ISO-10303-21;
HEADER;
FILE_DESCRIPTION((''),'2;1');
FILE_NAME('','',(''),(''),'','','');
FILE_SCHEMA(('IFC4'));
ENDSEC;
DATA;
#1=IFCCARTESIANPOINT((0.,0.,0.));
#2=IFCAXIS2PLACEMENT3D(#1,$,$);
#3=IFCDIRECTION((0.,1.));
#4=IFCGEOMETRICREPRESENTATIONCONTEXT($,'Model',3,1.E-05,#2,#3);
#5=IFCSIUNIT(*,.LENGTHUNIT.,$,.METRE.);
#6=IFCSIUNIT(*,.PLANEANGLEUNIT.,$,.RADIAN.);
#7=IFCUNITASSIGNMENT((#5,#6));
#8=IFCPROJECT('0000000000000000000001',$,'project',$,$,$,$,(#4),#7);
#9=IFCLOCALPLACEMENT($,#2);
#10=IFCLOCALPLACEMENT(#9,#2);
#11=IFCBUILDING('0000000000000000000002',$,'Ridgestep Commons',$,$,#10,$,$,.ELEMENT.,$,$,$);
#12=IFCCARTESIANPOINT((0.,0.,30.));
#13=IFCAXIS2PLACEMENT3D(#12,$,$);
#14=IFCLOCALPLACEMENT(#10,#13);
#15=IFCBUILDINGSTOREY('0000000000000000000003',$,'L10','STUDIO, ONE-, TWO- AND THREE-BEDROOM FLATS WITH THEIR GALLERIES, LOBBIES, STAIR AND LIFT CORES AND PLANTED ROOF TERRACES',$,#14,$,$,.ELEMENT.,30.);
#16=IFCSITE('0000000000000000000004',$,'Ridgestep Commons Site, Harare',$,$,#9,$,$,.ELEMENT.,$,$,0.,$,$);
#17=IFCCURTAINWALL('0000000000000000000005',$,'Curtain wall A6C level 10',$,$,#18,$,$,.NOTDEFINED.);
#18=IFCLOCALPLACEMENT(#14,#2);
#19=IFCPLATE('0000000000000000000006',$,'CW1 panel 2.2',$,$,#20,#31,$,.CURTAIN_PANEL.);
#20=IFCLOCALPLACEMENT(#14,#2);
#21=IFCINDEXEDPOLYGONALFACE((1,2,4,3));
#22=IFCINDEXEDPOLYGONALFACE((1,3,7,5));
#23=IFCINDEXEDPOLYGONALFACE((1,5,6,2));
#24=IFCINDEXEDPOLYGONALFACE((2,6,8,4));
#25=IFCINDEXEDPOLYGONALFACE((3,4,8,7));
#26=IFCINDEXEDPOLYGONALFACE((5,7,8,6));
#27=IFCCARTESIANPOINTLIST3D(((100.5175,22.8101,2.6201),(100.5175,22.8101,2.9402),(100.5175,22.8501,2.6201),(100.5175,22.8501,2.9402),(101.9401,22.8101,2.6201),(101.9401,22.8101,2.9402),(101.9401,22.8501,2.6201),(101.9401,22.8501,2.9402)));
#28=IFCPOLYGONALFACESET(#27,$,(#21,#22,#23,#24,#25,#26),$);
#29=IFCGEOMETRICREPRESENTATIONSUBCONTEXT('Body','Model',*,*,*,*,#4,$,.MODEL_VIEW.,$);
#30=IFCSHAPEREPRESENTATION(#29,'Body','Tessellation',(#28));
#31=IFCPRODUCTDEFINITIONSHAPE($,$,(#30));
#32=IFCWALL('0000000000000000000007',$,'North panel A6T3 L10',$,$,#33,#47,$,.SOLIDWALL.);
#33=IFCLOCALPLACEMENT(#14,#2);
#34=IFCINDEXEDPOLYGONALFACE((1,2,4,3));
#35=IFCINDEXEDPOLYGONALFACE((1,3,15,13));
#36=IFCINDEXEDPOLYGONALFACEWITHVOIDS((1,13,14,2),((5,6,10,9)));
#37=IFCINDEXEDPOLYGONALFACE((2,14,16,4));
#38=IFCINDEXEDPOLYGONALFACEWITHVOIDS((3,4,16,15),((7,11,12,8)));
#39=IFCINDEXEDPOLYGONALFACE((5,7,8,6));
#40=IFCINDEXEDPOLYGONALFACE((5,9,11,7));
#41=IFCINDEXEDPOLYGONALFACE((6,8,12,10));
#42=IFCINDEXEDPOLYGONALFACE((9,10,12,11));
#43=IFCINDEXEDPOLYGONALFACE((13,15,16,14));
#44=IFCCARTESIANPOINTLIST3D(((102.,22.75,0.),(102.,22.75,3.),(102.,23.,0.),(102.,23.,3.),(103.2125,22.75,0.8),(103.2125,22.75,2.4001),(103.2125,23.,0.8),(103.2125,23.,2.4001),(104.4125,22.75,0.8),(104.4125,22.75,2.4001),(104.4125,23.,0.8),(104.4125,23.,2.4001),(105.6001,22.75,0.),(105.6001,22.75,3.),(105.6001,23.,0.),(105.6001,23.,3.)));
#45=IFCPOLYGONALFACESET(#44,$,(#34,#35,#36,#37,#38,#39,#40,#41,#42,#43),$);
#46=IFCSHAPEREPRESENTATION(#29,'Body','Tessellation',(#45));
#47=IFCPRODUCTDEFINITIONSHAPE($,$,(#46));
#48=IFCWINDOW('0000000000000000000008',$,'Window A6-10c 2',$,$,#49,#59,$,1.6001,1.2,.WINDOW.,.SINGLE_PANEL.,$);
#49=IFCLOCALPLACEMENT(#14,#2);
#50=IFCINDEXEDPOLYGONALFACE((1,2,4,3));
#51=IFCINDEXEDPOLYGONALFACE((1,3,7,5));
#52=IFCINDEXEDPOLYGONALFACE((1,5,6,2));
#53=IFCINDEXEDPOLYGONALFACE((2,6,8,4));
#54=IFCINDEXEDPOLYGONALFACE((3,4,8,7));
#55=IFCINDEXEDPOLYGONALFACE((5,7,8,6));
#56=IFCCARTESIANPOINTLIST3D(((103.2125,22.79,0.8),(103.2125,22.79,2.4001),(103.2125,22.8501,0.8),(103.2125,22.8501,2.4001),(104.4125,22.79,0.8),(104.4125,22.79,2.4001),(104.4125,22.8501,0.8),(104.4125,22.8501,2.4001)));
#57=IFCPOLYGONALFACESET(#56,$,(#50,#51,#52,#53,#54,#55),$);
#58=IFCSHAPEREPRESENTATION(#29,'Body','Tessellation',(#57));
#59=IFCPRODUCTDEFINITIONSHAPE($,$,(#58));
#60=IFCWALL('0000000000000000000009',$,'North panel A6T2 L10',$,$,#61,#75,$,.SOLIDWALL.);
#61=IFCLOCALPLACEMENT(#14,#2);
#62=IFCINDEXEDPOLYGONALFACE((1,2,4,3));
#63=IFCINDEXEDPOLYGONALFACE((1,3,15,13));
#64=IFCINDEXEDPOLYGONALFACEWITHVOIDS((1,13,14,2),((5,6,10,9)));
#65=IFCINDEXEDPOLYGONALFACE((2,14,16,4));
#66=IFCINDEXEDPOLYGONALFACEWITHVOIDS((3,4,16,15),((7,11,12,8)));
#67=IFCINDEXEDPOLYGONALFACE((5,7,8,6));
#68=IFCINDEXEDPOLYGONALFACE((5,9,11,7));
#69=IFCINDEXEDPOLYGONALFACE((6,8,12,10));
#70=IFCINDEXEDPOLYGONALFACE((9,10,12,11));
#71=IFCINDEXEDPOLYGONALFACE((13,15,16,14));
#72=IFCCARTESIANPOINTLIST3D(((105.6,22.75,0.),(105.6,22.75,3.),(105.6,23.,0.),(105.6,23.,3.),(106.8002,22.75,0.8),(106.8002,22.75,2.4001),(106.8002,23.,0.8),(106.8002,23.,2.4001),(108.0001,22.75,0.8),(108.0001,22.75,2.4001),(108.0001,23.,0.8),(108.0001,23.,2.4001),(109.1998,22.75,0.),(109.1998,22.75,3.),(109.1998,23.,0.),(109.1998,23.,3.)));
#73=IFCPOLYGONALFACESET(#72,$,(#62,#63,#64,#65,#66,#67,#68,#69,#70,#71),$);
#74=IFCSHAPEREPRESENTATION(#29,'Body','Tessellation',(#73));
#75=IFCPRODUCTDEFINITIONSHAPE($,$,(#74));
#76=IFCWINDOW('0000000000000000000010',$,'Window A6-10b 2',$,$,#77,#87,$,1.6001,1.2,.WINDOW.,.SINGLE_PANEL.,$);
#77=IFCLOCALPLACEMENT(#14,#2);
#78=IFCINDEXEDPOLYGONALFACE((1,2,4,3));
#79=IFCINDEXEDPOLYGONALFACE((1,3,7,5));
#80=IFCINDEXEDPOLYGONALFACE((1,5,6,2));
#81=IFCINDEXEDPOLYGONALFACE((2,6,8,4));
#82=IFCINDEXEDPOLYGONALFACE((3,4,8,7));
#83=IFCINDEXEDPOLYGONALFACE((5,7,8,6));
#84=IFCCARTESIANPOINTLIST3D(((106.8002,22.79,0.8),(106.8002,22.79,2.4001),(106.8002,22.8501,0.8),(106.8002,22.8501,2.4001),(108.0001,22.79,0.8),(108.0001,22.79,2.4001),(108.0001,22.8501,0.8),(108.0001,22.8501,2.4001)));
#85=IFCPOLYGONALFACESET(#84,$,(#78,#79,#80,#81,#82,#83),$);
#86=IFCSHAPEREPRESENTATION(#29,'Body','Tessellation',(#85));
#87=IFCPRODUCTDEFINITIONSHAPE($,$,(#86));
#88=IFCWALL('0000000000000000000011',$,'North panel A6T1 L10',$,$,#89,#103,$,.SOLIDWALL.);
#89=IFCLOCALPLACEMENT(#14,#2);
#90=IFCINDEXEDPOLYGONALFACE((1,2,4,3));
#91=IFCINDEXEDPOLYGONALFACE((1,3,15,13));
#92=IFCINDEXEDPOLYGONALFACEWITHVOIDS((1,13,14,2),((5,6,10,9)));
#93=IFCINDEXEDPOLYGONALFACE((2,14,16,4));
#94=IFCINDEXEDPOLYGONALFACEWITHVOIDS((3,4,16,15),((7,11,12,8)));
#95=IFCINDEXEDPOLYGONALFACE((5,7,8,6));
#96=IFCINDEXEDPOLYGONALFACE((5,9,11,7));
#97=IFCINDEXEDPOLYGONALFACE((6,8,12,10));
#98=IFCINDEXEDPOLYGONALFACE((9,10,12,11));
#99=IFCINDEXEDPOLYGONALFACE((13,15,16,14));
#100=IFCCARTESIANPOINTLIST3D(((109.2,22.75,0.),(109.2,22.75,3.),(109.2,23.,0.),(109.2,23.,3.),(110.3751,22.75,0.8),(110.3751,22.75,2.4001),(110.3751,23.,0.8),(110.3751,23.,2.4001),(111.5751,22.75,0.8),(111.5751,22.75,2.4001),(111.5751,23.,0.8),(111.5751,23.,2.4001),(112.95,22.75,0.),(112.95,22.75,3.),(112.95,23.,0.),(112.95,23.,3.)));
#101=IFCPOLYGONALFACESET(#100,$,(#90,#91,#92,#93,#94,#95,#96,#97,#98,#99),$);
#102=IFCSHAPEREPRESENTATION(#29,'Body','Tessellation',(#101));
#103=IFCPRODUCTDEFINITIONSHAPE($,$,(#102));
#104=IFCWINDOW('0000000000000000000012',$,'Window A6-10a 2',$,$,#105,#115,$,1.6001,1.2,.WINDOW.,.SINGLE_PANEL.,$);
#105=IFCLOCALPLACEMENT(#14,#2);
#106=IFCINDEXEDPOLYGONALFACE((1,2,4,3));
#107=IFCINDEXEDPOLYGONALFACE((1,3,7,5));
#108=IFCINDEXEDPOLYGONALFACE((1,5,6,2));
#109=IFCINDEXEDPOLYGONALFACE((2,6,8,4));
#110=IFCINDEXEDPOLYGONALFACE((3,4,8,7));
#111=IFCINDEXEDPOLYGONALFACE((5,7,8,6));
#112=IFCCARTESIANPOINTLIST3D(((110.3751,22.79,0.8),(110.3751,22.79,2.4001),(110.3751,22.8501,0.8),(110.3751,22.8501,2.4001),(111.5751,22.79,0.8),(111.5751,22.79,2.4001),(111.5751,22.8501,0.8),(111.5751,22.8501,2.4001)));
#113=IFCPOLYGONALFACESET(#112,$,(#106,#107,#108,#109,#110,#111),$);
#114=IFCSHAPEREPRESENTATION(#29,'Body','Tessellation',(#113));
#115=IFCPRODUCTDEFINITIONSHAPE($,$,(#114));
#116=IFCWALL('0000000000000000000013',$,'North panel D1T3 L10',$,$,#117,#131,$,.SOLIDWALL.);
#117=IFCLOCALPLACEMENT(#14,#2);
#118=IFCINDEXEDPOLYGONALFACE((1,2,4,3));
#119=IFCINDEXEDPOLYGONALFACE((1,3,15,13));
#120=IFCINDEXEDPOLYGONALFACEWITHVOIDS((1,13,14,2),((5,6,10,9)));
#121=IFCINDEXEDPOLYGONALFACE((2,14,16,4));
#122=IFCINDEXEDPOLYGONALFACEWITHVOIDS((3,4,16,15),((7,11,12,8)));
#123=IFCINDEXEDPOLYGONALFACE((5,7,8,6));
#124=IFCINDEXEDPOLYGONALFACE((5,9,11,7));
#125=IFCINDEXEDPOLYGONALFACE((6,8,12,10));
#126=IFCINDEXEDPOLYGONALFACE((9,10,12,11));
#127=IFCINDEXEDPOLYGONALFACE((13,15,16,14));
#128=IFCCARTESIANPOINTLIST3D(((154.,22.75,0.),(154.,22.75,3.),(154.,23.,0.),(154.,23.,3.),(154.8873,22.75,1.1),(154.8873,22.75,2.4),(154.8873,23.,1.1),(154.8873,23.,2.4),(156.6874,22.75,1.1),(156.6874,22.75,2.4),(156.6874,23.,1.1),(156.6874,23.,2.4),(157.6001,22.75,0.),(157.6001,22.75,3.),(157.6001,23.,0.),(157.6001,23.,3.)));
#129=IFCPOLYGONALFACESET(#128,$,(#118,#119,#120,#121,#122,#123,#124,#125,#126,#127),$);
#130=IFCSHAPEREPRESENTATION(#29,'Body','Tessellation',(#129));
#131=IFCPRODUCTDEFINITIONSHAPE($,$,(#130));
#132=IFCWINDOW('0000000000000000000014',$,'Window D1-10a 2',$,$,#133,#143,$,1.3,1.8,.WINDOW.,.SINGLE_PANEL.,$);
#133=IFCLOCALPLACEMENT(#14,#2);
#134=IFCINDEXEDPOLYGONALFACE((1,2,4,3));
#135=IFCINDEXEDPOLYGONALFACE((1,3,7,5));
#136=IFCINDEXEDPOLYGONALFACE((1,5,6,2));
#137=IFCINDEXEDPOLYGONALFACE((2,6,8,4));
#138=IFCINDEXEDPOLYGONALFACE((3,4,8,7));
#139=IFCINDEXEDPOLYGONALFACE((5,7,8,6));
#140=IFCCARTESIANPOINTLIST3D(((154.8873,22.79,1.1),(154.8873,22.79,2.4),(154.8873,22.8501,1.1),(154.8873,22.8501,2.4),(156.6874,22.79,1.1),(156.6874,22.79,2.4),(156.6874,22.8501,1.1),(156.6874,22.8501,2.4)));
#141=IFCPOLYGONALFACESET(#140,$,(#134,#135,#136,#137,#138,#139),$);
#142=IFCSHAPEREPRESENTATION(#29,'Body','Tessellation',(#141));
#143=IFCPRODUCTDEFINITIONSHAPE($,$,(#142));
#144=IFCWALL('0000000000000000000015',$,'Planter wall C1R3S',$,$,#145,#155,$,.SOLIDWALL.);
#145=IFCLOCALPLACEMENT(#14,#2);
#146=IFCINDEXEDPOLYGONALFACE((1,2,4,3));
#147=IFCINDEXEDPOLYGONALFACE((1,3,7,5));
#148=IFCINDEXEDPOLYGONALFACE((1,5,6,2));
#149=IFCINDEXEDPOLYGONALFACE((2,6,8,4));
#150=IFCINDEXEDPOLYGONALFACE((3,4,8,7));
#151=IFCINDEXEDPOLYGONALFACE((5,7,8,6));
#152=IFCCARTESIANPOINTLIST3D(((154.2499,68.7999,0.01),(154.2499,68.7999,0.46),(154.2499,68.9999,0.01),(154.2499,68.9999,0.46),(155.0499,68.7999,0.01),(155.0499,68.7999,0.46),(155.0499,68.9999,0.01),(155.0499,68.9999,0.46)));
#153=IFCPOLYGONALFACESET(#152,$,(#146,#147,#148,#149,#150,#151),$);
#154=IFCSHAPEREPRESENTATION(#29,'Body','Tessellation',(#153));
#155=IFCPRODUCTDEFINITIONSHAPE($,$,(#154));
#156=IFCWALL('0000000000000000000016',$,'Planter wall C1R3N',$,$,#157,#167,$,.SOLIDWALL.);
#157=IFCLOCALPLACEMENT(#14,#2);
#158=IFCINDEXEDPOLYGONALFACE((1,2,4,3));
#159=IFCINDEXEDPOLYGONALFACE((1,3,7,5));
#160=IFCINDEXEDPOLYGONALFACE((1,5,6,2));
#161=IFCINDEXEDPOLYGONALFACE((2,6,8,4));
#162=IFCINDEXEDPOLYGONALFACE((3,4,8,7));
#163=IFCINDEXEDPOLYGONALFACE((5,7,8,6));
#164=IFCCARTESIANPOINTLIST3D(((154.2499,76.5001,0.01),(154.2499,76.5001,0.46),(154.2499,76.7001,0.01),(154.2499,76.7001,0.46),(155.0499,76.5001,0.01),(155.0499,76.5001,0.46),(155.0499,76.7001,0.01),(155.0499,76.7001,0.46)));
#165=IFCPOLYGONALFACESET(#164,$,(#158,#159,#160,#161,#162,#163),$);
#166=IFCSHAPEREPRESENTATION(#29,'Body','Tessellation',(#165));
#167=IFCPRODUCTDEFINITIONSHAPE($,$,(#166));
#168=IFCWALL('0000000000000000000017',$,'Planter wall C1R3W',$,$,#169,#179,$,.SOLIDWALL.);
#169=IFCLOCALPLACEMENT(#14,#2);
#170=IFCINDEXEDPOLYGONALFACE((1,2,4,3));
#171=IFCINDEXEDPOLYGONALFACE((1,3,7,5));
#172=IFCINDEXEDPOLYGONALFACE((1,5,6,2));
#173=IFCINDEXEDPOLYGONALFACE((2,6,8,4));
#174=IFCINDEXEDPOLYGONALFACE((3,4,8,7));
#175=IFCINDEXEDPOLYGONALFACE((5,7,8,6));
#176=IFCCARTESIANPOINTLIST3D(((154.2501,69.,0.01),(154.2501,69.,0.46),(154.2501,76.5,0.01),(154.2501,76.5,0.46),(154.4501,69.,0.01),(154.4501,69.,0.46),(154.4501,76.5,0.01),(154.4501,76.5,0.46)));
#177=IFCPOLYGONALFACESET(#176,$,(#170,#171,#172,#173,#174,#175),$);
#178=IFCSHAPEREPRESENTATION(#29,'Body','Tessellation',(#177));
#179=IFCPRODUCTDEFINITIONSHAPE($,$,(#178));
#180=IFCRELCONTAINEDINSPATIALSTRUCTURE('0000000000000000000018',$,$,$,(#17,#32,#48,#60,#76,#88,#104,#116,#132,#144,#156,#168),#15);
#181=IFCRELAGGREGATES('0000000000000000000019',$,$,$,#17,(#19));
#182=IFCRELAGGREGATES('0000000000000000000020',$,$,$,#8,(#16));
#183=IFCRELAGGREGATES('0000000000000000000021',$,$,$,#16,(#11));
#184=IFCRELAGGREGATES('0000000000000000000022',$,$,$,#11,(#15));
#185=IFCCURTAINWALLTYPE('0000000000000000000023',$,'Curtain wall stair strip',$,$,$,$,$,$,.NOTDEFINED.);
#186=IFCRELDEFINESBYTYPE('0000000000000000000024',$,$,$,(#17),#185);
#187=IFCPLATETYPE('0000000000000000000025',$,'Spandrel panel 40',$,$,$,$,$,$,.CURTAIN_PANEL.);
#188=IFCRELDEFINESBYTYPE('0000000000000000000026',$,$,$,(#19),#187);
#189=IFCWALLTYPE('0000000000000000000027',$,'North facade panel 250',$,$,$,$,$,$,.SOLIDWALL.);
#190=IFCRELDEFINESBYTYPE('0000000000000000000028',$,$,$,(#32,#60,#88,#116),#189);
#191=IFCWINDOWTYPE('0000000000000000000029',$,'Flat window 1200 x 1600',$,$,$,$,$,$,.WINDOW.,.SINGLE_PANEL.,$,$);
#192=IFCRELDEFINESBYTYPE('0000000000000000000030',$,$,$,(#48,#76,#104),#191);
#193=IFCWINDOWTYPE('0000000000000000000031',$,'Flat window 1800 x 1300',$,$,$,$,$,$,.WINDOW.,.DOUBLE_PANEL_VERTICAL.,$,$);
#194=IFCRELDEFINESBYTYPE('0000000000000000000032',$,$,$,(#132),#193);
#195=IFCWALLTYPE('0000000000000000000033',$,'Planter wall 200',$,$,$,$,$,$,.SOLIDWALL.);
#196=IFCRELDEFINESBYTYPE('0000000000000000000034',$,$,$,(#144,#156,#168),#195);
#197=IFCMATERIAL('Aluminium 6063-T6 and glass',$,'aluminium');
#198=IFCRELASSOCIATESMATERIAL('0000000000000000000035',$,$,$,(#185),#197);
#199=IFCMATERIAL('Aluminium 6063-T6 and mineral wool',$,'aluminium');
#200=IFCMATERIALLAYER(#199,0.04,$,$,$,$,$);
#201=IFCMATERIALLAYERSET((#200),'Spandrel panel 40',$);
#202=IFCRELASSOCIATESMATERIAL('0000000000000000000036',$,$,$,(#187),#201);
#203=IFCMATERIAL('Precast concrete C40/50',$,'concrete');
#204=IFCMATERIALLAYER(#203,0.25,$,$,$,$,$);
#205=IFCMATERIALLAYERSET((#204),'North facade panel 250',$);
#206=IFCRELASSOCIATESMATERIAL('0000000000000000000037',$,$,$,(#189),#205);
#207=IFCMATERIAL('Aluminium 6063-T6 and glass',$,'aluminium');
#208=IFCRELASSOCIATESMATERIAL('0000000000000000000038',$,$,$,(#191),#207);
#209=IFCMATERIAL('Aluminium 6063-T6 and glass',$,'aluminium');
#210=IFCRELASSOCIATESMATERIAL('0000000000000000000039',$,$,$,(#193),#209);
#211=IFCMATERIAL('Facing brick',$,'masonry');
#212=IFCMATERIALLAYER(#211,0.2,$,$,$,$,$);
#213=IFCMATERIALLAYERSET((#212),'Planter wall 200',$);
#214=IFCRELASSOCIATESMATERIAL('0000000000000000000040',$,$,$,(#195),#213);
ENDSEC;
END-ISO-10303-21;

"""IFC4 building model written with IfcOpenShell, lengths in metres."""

from ifc_helpers import new_model, si_unit, direction, frame, frame_2d, origin, origin_2d, place, context, subcontext, project, spatial, rectangle, extrude, material, layer, layer_set, type_object, element, fill, aggregate, save


model = new_model("IFC4")

# Units and contexts
model_context = context("Model", 3, precision=1e-05, world=origin(), true_north=direction((0.0, 1.0)))
body_context = subcontext(model_context, "Body", "Model", "MODEL_VIEW")
ifc_project = project(units=[si_unit("LENGTHUNIT", "METRE"), si_unit("PLANEANGLEUNIT", "RADIAN")], contexts=[model_context])

# Site, building, storey
site_placement = place(None, origin())
site = spatial("IfcSite", under=ifc_project, at=site_placement, Name="Ridgestep Commons Site, Harare", CompositionType="ELEMENT", RefElevation=0.0)
building_placement = place(site_placement, origin())
building = spatial("IfcBuilding", under=site, at=building_placement, Name="Ridgestep Commons", CompositionType="ELEMENT")
storey_placement = place(building_placement, frame((0.0, 0.0, 30.0)))
storey = spatial("IfcBuildingStorey", under=building, at=storey_placement, Name="L10", Description="STUDIO, ONE-, TWO- AND THREE-BEDROOM FLATS WITH THEIR GALLERIES, LOBBIES, STAIR AND LIFT CORES AND PLANTED ROOF TERRACES", CompositionType="ELEMENT", Elevation=30.0)

# Curtain wall
ifc_material_1 = material(Name="Aluminium 6063-T6 and glass", Category="aluminium")
curtain_wall_type = type_object("IfcCurtainWallType", Name="Curtain wall stair strip", PredefinedType="NOTDEFINED", material=ifc_material_1)
curtain_wall_placement = place(storey_placement, origin())
curtain_wall = element("IfcCurtainWall", 1, at=curtain_wall_placement, inside=storey, type_object=curtain_wall_type, Name="Curtain wall A6C level 10", PredefinedType="NOTDEFINED")

# Plate
ifc_material_2 = material(Name="Aluminium 6063-T6 and mineral wool", Category="aluminium")
ifc_layer_1 = layer(ifc_material_2, 0.04)
ifc_layer_set_1 = layer_set([ifc_layer_1], Name="Spandrel panel 40")
plate_type = type_object("IfcPlateType", Name="Spandrel panel 40", PredefinedType="CURTAIN_PANEL", material=ifc_layer_set_1)
plate_placement = place(storey_placement, frame((101.2288, 22.8301, 2.6201), z_axis=(0.0, 0.0, 1.0), x_axis=(1.0, 0.0, 0.0)))
plate = element("IfcPlate", 2, at=plate_placement, type_object=plate_type, Name="CW1 panel 2.2", PredefinedType="CURTAIN_PANEL", context=body_context, shape_type="SweptSolid", body=[
    extrude(rectangle(XDim=1.4226, YDim=0.04, at=origin_2d()), origin(), (0.0, 0.0, 1.0), 0.3201),
])
aggregate(curtain_wall, [plate])

# Walls, openings, windows
ifc_material_3 = material(Name="Precast concrete C40/50", Category="concrete")
ifc_layer_2 = layer(ifc_material_3, 0.25)
ifc_layer_set_2 = layer_set([ifc_layer_2], Name="North facade panel 250")
wall_type_1 = type_object("IfcWallType", Name="North facade panel 250", PredefinedType="SOLIDWALL", material=ifc_layer_set_2)
wall_1_placement = place(storey_placement, frame((102.0, 22.875, 0.0), z_axis=(0.0, 0.0, 1.0), x_axis=(1.0, 0.0, 0.0)))
wall_1 = element("IfcWall", 3, at=wall_1_placement, inside=storey, type_object=wall_type_1, Name="North panel A6T3 L10", PredefinedType="SOLIDWALL", context=body_context, shape_type="SweptSolid", body=[
    extrude(rectangle(XDim=3.6001, YDim=0.25, at=frame_2d((1.8, 0.0))), origin(), (0.0, 0.0, 1.0), 3.0),
])
opening_1_placement = place(wall_1_placement, frame((1.2124, 0.0, 0.8)))
opening_1 = element("IfcOpeningElement", 4, at=opening_1_placement, cuts=wall_1, PredefinedType="OPENING", context=body_context, shape_type="SweptSolid", body=[
    extrude(rectangle(XDim=1.2, YDim=1.6001, at=frame_2d((0.6001, 0.8))), frame((0.0, 0.135, 0.0), z_axis=(0.0, -1.0, 0.0), x_axis=(1.0, 0.0, 0.0)), (0.0, 0.0, 1.0), 0.27),
])
ifc_material_4 = material(Name="Aluminium 6063-T6 and glass", Category="aluminium")
window_type_1 = type_object("IfcWindowType", Name="Flat window 1200 x 1600", PartitioningType="SINGLE_PANEL", PredefinedType="WINDOW", material=ifc_material_4)
window_1_placement = place(opening_1_placement, origin())
window_1 = element("IfcWindow", 5, at=window_1_placement, inside=storey, type_object=window_type_1, Name="Window A6-10c 2", OverallHeight=1.6001, OverallWidth=1.2, PartitioningType="SINGLE_PANEL", PredefinedType="WINDOW", context=body_context, shape_type="SweptSolid", body=[
    extrude(rectangle(XDim=1.2, YDim=1.6001, at=frame_2d((0.6001, 0.8))), frame((0.0, -0.0249, 0.0), z_axis=(0.0, -1.0, 0.0), x_axis=(1.0, 0.0, 0.0)), (0.0, 0.0, 1.0), 0.0601),
])
fill(opening_1, window_1)
wall_2_placement = place(storey_placement, frame((105.6001, 22.875, 0.0), z_axis=(0.0, 0.0, 1.0), x_axis=(1.0, 0.0, 0.0)))
wall_2 = element("IfcWall", 6, at=wall_2_placement, inside=storey, type_object=wall_type_1, Name="North panel A6T2 L10", PredefinedType="SOLIDWALL", context=body_context, shape_type="SweptSolid", body=[
    extrude(rectangle(XDim=3.5999, YDim=0.25, at=frame_2d((1.7998, 0.0))), origin(), (0.0, 0.0, 1.0), 3.0),
])
opening_2_placement = place(wall_2_placement, frame((1.2, 0.0, 0.8)))
opening_2 = element("IfcOpeningElement", 7, at=opening_2_placement, cuts=wall_2, PredefinedType="OPENING", context=body_context, shape_type="SweptSolid", body=[
    extrude(rectangle(XDim=1.2, YDim=1.6001, at=frame_2d((0.6001, 0.8))), frame((0.0, 0.135, 0.0), z_axis=(0.0, -1.0, 0.0), x_axis=(1.0, 0.0, 0.0)), (0.0, 0.0, 1.0), 0.27),
])
window_2_placement = place(opening_2_placement, origin())
window_2 = element("IfcWindow", 8, at=window_2_placement, inside=storey, type_object=window_type_1, Name="Window A6-10b 2", OverallHeight=1.6001, OverallWidth=1.2, PartitioningType="SINGLE_PANEL", PredefinedType="WINDOW", context=body_context, shape_type="SweptSolid", body=[
    extrude(rectangle(XDim=1.2, YDim=1.6001, at=frame_2d((0.6001, 0.8))), frame((0.0, -0.0249, 0.0), z_axis=(0.0, -1.0, 0.0), x_axis=(1.0, 0.0, 0.0)), (0.0, 0.0, 1.0), 0.0601),
])
fill(opening_2, window_2)
wall_3_placement = place(storey_placement, frame((109.2, 22.875, 0.0), z_axis=(0.0, 0.0, 1.0), x_axis=(1.0, 0.0, 0.0)))
wall_3 = element("IfcWall", 9, at=wall_3_placement, inside=storey, type_object=wall_type_1, Name="North panel A6T1 L10", PredefinedType="SOLIDWALL", context=body_context, shape_type="SweptSolid", body=[
    extrude(rectangle(XDim=3.75, YDim=0.25, at=frame_2d((1.875, 0.0))), origin(), (0.0, 0.0, 1.0), 3.0),
])
opening_3_placement = place(wall_3_placement, frame((1.175, 0.0, 0.8)))
opening_3 = element("IfcOpeningElement", 10, at=opening_3_placement, cuts=wall_3, PredefinedType="OPENING", context=body_context, shape_type="SweptSolid", body=[
    extrude(rectangle(XDim=1.2, YDim=1.6001, at=frame_2d((0.6001, 0.8))), frame((0.0, 0.135, 0.0), z_axis=(0.0, -1.0, 0.0), x_axis=(1.0, 0.0, 0.0)), (0.0, 0.0, 1.0), 0.27),
])
window_3_placement = place(opening_3_placement, origin())
window_3 = element("IfcWindow", 11, at=window_3_placement, inside=storey, type_object=window_type_1, Name="Window A6-10a 2", OverallHeight=1.6001, OverallWidth=1.2, PartitioningType="SINGLE_PANEL", PredefinedType="WINDOW", context=body_context, shape_type="SweptSolid", body=[
    extrude(rectangle(XDim=1.2, YDim=1.6001, at=frame_2d((0.6001, 0.8))), frame((0.0, -0.0249, 0.0), z_axis=(0.0, -1.0, 0.0), x_axis=(1.0, 0.0, 0.0)), (0.0, 0.0, 1.0), 0.0601),
])
fill(opening_3, window_3)
wall_4_placement = place(storey_placement, frame((154.0, 22.875, 0.0), z_axis=(0.0, 0.0, 1.0), x_axis=(1.0, 0.0, 0.0)))
wall_4 = element("IfcWall", 12, at=wall_4_placement, inside=storey, type_object=wall_type_1, Name="North panel D1T3 L10", PredefinedType="SOLIDWALL", context=body_context, shape_type="SweptSolid", body=[
    extrude(rectangle(XDim=3.6001, YDim=0.25, at=frame_2d((1.8, 0.0))), origin(), (0.0, 0.0, 1.0), 3.0),
])
opening_4_placement = place(wall_4_placement, frame((0.8875, 0.0, 1.1001)))
opening_4 = element("IfcOpeningElement", 13, at=opening_4_placement, cuts=wall_4, PredefinedType="OPENING", context=body_context, shape_type="SweptSolid", body=[
    extrude(rectangle(XDim=1.8, YDim=1.3, at=frame_2d((0.8999, 0.6499))), frame((0.0, 0.135, 0.0), z_axis=(0.0, -1.0, 0.0), x_axis=(1.0, 0.0, 0.0)), (0.0, 0.0, 1.0), 0.27),
])
ifc_material_5 = material(Name="Aluminium 6063-T6 and glass", Category="aluminium")
window_type_2 = type_object("IfcWindowType", Name="Flat window 1800 x 1300", PartitioningType="DOUBLE_PANEL_VERTICAL", PredefinedType="WINDOW", material=ifc_material_5)
window_4_placement = place(opening_4_placement, origin())
window_4 = element("IfcWindow", 14, at=window_4_placement, inside=storey, type_object=window_type_2, Name="Window D1-10a 2", OverallHeight=1.3, OverallWidth=1.8, PartitioningType="SINGLE_PANEL", PredefinedType="WINDOW", context=body_context, shape_type="SweptSolid", body=[
    extrude(rectangle(XDim=1.8, YDim=1.3, at=frame_2d((0.8999, 0.6499))), frame((0.0, -0.0249, 0.0), z_axis=(0.0, -1.0, 0.0), x_axis=(1.0, 0.0, 0.0)), (0.0, 0.0, 1.0), 0.0601),
])
fill(opening_4, window_4)

# Walls
ifc_material_6 = material(Name="Facing brick", Category="masonry")
ifc_layer_3 = layer(ifc_material_6, 0.2)
ifc_layer_set_3 = layer_set([ifc_layer_3], Name="Planter wall 200")
wall_type_2 = type_object("IfcWallType", Name="Planter wall 200", PredefinedType="SOLIDWALL", material=ifc_layer_set_3)
for number, where, z_axis, x_axis, name in (
    (15, (154.25, 68.8999, 0.01), (0.0, 0.0, 1.0), (1.0, 0.0, 0.0), "Planter wall C1R3S"),
    (16, (154.25, 76.6001, 0.01), (0.0, 0.0, 1.0), (1.0, 0.0, 0.0), "Planter wall C1R3N"),
):
    element("IfcWall", number, at=place(storey_placement, frame(where, z_axis=z_axis, x_axis=x_axis)), inside=storey, type_object=wall_type_2, Name=name, PredefinedType="SOLIDWALL", context=body_context, shape_type="SweptSolid", body=[
        extrude(rectangle(XDim=0.8, YDim=0.2, at=frame_2d((0.3999, 0.0))), origin(), (0.0, 0.0, 1.0), 0.45),
    ])
for number, where, z_axis, x_axis, name in (
    (17, (154.3501, 69.0, 0.01), (0.0, 0.0, 1.0), (0.0, 1.0, 0.0), "Planter wall C1R3W"),
):
    element("IfcWall", number, at=place(storey_placement, frame(where, z_axis=z_axis, x_axis=x_axis)), inside=storey, type_object=wall_type_2, Name=name, PredefinedType="SOLIDWALL", context=body_context, shape_type="SweptSolid", body=[
        extrude(rectangle(XDim=7.5, YDim=0.2, at=frame_2d((3.75, 0.0))), origin(), (0.0, 0.0, 1.0), 0.45),
    ])

save(model, "model.ifc")
